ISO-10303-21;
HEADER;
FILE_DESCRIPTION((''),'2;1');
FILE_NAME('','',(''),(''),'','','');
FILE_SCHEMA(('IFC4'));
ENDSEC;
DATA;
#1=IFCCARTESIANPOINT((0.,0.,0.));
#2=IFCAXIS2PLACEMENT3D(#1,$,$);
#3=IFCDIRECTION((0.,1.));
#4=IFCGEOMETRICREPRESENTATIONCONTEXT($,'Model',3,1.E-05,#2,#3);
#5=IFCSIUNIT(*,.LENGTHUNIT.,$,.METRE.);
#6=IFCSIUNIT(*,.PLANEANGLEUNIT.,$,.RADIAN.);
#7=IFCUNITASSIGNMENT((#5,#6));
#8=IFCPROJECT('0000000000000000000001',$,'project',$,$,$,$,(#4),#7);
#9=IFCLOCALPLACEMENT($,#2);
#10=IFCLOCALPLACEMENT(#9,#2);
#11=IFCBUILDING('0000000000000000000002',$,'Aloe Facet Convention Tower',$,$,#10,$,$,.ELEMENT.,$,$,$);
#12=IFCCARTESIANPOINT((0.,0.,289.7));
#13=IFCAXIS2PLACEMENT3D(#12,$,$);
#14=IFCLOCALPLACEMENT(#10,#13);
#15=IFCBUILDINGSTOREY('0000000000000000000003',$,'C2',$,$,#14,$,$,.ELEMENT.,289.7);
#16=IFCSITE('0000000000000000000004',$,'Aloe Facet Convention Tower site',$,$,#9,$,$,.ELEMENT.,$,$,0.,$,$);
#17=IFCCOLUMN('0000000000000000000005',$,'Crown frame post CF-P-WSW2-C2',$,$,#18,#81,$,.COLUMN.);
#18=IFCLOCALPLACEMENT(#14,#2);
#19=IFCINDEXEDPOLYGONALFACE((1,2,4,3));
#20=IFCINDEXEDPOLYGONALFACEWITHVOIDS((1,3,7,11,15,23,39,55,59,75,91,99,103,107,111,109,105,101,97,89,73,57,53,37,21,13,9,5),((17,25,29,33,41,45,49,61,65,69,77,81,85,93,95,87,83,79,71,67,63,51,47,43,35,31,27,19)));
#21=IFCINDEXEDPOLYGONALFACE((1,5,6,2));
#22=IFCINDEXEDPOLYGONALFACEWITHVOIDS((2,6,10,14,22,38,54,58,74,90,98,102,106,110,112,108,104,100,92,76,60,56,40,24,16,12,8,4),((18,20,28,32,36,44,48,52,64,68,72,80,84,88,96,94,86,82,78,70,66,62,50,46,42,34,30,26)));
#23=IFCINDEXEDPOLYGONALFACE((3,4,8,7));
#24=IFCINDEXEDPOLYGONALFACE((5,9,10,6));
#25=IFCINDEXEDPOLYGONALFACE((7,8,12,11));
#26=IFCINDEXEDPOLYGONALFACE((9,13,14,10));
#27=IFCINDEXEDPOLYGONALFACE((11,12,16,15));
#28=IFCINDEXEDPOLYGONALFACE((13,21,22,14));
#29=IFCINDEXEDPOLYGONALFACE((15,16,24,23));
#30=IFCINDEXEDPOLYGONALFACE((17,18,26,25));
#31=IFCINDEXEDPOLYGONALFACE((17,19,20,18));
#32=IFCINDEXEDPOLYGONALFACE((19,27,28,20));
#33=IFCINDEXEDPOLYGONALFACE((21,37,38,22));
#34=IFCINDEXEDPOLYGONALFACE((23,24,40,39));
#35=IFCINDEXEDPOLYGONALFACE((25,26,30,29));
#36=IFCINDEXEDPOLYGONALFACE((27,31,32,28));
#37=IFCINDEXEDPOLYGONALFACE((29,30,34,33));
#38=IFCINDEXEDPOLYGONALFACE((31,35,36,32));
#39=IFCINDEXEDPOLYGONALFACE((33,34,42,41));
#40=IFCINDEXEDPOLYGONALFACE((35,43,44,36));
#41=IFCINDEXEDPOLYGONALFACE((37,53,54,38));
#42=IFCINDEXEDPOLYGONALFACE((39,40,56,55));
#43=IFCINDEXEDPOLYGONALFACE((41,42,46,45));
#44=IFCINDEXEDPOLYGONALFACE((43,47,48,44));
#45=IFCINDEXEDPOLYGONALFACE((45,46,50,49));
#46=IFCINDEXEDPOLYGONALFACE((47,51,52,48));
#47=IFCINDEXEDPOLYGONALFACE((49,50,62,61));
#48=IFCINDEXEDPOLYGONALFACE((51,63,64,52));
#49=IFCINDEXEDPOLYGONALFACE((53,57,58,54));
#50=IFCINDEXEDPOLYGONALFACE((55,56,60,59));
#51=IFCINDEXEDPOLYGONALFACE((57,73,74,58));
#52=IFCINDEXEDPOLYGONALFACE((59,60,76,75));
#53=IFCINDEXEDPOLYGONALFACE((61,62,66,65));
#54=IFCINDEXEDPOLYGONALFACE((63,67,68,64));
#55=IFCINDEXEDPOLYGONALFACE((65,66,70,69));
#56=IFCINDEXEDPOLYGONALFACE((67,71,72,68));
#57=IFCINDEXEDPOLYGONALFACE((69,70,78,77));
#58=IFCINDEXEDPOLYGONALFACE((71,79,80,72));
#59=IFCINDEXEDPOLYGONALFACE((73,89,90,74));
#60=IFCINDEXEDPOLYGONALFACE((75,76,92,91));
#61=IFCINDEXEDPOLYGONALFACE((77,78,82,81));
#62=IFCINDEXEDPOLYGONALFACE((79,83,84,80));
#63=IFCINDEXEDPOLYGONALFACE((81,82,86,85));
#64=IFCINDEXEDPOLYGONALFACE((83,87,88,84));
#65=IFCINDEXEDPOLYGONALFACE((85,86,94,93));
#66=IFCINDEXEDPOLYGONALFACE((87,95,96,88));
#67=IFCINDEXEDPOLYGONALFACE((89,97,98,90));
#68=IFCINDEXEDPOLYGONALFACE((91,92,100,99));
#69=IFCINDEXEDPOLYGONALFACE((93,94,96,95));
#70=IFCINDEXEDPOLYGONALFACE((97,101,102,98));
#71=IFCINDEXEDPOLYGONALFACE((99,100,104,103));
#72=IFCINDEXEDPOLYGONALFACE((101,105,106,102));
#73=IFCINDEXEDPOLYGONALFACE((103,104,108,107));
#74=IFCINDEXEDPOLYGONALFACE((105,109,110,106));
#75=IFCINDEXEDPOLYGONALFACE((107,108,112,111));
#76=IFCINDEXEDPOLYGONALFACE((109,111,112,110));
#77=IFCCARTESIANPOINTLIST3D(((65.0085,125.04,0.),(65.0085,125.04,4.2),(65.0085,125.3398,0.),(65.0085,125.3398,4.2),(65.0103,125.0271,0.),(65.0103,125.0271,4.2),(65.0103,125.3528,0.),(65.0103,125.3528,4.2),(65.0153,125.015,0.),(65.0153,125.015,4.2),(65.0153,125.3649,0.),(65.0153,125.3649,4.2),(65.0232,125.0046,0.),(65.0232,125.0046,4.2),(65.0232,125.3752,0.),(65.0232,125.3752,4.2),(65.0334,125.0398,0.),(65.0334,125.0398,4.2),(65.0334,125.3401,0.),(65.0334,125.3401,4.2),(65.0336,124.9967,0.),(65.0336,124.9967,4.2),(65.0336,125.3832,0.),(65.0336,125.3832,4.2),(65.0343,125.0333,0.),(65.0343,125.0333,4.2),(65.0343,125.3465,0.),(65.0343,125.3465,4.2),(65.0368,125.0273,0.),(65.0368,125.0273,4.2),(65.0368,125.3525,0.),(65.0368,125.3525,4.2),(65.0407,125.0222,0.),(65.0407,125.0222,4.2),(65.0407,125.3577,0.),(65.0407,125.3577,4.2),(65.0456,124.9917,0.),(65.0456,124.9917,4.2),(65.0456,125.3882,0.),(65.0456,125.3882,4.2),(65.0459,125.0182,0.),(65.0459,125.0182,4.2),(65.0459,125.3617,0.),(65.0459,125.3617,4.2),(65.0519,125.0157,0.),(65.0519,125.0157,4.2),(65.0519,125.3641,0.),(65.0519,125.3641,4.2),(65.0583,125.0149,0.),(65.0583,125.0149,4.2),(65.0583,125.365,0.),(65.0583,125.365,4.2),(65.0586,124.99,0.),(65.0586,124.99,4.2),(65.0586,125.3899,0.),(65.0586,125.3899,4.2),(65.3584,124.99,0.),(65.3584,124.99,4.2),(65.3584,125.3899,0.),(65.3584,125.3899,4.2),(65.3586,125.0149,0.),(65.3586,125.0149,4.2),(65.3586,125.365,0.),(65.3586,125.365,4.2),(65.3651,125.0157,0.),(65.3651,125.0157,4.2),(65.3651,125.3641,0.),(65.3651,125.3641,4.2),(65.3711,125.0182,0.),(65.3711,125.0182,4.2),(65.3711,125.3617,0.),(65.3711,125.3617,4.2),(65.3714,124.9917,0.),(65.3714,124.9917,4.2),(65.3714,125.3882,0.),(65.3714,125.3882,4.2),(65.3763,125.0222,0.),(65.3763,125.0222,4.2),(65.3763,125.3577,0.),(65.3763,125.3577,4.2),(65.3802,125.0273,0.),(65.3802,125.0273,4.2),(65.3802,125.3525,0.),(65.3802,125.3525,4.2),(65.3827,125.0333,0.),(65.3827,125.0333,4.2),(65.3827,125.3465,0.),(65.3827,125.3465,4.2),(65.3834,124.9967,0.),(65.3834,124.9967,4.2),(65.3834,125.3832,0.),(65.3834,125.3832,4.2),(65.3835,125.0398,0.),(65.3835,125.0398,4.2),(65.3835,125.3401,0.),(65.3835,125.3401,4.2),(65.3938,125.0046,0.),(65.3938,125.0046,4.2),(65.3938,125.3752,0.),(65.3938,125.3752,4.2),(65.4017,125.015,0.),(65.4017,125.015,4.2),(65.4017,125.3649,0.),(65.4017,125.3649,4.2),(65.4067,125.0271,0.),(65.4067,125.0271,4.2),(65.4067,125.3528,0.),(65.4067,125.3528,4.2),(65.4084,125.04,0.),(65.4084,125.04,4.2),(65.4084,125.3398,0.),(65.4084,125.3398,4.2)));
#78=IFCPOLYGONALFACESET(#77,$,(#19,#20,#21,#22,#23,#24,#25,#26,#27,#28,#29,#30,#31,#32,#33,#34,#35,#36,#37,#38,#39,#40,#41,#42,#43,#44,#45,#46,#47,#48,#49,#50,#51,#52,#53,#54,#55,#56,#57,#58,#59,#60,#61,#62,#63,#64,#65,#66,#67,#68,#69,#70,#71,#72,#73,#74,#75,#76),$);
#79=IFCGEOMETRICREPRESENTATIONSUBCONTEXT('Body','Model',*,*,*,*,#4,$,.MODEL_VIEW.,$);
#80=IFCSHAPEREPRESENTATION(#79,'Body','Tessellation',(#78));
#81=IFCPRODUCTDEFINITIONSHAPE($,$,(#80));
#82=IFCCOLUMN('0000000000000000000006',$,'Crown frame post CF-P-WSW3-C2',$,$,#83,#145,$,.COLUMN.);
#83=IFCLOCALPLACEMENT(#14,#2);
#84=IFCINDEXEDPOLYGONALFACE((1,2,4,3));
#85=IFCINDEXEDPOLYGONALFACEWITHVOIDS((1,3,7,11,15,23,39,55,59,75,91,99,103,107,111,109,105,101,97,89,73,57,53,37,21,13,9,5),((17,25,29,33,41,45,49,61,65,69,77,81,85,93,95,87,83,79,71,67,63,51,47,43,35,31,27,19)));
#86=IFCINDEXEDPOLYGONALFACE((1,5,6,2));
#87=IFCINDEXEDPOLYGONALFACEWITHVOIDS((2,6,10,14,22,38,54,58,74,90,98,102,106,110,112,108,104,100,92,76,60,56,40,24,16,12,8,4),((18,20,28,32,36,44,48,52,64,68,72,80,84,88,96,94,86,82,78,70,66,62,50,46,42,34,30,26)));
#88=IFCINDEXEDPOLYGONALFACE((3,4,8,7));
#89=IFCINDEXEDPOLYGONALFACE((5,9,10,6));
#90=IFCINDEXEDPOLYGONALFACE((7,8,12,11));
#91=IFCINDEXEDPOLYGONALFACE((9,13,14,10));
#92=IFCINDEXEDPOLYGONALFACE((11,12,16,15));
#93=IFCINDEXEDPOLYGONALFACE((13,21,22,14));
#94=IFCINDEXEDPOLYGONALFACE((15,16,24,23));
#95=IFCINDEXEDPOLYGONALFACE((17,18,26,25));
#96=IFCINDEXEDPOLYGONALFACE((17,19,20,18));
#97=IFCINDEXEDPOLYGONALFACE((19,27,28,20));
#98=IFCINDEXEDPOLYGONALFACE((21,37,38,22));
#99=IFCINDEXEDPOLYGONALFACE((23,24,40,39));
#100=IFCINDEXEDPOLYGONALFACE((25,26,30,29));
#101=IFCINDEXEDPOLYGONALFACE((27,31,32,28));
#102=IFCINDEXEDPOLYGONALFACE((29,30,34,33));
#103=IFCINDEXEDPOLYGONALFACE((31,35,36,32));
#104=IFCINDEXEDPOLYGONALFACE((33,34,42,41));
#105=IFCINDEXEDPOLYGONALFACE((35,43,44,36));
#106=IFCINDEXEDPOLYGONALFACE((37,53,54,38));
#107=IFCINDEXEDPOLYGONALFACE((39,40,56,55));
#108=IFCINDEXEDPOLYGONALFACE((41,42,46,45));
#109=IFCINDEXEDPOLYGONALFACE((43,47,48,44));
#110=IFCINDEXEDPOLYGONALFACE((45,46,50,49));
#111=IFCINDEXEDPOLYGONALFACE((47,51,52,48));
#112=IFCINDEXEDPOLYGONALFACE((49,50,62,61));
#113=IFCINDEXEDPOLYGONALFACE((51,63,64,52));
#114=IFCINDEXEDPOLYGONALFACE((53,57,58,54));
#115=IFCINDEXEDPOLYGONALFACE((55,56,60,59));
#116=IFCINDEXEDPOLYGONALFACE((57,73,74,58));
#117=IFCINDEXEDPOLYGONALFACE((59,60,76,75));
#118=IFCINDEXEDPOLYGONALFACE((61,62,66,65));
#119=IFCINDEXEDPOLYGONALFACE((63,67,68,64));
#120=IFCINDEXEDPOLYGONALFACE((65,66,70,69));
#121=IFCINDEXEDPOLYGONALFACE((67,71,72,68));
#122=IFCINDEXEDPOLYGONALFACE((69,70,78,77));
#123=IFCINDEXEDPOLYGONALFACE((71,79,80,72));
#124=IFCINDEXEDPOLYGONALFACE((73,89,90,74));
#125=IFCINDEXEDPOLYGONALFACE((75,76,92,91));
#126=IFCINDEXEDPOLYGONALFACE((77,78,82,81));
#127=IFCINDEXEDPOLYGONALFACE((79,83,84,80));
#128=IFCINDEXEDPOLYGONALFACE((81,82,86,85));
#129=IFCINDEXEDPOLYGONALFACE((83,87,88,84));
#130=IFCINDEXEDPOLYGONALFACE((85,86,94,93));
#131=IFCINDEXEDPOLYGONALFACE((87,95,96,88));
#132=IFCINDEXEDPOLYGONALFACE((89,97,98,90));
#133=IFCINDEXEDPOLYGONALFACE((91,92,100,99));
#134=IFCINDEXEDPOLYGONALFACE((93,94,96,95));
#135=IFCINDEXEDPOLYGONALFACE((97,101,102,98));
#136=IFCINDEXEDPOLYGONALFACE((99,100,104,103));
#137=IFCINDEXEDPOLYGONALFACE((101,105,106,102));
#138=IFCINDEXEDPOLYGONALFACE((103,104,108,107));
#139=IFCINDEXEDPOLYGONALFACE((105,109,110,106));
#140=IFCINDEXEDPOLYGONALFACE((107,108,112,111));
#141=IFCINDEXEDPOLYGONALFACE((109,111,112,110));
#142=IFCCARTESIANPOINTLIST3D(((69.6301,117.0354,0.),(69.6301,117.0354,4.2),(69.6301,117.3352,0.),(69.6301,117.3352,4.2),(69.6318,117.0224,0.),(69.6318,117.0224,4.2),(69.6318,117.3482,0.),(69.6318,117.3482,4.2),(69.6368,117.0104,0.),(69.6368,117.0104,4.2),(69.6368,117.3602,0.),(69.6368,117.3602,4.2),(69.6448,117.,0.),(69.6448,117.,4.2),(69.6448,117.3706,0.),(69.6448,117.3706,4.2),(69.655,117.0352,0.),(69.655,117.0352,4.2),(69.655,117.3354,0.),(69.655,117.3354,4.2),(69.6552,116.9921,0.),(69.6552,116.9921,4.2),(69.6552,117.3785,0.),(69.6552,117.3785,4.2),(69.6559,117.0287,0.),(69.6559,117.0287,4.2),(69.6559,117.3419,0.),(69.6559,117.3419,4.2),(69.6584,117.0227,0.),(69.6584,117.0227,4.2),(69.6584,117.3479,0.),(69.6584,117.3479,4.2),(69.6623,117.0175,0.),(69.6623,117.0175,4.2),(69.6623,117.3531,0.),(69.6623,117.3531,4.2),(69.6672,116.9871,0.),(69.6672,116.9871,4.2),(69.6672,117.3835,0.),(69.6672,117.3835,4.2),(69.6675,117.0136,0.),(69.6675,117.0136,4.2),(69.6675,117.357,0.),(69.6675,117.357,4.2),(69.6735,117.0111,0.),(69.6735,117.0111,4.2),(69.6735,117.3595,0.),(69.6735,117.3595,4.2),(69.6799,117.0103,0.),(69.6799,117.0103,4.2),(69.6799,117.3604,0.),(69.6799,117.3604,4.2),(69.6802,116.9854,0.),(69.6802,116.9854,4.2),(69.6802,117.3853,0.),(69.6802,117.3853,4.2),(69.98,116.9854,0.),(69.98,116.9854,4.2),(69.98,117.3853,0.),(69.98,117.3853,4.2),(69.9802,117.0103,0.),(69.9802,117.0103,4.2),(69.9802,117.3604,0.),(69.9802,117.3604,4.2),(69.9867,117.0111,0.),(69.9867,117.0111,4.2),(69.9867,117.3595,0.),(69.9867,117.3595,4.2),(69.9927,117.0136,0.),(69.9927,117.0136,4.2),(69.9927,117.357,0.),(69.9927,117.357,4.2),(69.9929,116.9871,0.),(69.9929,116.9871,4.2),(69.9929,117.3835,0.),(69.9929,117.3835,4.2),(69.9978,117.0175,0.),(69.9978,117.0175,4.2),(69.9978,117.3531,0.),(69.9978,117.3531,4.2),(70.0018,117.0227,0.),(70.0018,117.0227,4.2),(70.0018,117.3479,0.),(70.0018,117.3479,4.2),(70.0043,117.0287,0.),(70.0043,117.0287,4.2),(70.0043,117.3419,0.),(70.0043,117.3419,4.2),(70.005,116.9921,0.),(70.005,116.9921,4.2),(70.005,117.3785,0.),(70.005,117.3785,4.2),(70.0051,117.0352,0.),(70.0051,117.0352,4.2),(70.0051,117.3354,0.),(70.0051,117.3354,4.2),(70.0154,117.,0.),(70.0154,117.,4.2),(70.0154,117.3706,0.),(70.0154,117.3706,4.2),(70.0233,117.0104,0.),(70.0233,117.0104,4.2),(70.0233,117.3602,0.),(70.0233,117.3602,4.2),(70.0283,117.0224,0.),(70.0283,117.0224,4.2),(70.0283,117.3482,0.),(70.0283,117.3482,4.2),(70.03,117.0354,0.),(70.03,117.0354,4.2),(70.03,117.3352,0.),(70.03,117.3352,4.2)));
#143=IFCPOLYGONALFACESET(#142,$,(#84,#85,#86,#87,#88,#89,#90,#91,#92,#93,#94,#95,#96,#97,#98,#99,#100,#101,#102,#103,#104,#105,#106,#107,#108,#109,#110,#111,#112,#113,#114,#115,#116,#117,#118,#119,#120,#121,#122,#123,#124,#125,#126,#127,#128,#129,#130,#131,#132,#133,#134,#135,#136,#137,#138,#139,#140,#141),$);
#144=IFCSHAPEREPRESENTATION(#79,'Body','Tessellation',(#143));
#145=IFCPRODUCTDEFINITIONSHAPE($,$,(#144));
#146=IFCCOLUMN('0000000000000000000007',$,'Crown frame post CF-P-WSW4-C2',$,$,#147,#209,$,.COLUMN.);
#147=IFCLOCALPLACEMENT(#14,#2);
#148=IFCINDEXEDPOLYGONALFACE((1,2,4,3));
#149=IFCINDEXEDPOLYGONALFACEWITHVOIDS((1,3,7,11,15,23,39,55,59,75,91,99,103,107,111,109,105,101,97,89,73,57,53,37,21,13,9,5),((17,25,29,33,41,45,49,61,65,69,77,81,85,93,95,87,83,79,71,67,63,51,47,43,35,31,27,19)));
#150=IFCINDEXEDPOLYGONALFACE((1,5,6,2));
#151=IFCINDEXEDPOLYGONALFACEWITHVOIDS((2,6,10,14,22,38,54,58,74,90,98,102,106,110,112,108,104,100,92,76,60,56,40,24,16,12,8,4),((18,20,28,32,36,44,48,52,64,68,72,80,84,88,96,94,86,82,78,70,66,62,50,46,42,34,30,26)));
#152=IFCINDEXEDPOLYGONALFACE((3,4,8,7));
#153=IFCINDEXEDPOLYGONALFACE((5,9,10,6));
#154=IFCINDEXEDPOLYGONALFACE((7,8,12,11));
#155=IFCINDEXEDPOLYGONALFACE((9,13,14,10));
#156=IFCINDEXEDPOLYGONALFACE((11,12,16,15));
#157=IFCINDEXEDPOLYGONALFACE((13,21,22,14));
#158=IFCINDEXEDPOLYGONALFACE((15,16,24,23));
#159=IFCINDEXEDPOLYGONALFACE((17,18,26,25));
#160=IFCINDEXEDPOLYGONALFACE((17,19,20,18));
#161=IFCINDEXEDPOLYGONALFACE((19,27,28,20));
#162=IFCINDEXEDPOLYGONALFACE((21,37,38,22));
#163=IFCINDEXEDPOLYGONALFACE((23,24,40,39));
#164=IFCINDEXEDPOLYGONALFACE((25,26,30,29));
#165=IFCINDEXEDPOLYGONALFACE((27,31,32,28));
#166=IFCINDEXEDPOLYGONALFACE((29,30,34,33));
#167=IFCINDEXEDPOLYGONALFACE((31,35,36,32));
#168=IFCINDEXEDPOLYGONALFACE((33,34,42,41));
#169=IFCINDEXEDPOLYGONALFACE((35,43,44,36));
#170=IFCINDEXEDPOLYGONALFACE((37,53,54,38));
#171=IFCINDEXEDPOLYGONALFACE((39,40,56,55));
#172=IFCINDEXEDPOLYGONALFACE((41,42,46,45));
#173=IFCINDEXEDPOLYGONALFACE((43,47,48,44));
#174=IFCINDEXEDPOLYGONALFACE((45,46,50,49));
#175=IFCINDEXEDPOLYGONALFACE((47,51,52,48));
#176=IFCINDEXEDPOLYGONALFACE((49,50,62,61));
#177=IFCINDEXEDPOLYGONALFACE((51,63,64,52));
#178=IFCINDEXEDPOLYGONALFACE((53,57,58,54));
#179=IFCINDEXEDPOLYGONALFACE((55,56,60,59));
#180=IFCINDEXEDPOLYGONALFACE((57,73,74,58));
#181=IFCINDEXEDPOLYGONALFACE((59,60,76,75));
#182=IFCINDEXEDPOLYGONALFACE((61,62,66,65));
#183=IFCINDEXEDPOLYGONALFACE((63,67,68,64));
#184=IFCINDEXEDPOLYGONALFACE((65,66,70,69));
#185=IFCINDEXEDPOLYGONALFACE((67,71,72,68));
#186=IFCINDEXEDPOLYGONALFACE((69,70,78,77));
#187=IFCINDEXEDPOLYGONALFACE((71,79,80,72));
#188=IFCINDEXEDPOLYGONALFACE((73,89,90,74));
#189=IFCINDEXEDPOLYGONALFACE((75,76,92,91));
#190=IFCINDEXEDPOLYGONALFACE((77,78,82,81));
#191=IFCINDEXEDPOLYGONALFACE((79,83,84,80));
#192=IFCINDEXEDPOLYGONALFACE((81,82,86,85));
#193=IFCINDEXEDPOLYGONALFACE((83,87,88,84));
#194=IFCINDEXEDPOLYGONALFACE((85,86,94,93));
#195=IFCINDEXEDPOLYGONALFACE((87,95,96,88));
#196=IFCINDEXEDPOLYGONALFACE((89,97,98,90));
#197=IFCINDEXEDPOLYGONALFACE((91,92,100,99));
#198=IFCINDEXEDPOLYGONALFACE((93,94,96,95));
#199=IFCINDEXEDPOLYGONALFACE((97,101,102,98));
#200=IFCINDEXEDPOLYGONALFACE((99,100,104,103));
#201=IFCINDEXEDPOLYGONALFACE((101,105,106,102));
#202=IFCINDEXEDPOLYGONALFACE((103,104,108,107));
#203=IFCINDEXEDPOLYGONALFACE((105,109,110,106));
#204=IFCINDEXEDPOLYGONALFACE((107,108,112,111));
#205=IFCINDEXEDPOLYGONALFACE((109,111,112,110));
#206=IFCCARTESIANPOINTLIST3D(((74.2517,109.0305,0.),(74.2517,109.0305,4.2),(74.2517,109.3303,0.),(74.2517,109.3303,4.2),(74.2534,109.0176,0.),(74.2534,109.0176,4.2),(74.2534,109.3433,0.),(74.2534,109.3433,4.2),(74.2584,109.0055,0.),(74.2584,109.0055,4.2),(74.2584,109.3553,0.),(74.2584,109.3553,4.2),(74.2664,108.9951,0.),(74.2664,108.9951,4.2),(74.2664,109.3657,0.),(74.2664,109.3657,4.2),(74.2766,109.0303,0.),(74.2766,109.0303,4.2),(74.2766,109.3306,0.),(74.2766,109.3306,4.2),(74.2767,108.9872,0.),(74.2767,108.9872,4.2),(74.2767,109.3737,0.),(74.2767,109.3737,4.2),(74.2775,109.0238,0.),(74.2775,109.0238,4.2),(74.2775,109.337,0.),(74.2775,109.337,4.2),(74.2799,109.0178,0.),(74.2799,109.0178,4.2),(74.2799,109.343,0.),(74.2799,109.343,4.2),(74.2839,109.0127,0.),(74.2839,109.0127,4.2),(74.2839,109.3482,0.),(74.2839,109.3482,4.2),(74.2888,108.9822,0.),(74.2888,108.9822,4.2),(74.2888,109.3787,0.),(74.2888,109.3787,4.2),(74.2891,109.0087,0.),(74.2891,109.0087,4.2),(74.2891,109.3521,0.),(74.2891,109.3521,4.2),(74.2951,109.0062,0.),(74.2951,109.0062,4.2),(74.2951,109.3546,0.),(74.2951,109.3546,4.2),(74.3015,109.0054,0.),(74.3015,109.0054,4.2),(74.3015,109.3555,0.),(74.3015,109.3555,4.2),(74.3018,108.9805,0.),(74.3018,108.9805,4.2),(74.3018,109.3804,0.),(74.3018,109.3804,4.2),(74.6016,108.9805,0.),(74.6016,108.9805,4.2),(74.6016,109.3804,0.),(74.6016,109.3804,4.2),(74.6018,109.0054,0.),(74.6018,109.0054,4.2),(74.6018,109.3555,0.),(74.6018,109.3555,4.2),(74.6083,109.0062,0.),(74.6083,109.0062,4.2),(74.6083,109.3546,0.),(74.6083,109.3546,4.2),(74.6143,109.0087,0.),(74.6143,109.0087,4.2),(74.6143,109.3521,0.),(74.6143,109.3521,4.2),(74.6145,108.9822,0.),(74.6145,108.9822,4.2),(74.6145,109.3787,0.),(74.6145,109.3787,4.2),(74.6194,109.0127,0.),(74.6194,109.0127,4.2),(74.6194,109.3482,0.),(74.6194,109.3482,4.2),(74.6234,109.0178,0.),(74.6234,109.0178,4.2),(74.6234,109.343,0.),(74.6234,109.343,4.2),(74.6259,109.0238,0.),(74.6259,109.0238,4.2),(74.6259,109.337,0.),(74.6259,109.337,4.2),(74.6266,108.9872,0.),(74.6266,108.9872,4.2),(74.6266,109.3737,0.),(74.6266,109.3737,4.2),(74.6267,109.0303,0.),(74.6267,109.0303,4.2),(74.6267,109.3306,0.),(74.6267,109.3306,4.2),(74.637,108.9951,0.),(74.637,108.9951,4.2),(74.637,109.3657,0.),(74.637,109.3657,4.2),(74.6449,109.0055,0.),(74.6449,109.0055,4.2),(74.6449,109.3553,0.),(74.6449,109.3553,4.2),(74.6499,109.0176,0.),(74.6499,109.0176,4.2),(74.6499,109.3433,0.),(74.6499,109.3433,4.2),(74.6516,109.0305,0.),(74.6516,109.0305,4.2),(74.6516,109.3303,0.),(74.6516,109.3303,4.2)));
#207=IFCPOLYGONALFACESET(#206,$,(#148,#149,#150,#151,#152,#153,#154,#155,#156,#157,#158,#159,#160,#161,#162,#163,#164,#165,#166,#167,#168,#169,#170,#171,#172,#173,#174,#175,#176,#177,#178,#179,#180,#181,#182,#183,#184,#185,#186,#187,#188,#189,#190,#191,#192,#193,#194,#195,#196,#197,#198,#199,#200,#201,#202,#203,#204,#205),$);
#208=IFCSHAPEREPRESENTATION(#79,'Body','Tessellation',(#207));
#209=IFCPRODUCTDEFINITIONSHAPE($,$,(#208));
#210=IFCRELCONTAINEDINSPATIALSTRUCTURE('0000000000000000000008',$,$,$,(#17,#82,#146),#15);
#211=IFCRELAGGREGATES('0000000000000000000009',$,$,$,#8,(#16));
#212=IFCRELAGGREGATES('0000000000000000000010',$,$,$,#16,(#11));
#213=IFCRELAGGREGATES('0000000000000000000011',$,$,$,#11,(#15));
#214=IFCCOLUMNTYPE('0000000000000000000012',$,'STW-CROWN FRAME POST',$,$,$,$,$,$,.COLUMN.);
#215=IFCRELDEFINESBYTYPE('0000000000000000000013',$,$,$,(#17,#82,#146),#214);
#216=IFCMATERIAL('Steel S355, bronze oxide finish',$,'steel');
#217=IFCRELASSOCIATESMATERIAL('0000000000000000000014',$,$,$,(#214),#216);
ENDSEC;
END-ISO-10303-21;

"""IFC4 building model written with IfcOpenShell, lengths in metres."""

from ifc_helpers import new_model, si_unit, direction, frame, origin, origin_2d, place, context, subcontext, project, spatial, hollow_rectangle, extrude, material, material_profile, profile_set, type_object, element, save


model = new_model("IFC4")

# Units and contexts
model_context = context("Model", 3, precision=1e-05, world=origin(), true_north=direction((0.0, 1.0)))
body_context = subcontext(model_context, "Body", "Model", "MODEL_VIEW")
ifc_project = project(units=[si_unit("LENGTHUNIT", "METRE"), si_unit("PLANEANGLEUNIT", "RADIAN")], contexts=[model_context])

# Site, building, storey
site_placement = place(None, origin())
site = spatial("IfcSite", under=ifc_project, at=site_placement, Name="Aloe Facet Convention Tower site", CompositionType="ELEMENT", RefElevation=0.0)
building_placement = place(site_placement, origin())
building = spatial("IfcBuilding", under=site, at=building_placement, Name="Aloe Facet Convention Tower", CompositionType="ELEMENT")
storey_placement = place(building_placement, frame((0.0, 0.0, 289.7)))
storey = spatial("IfcBuildingStorey", under=building, at=storey_placement, Name="C2", CompositionType="ELEMENT", Elevation=289.7)

# Columns
ifc_material_1 = material(Name="Steel S355, bronze oxide finish", Category="steel")
ifc_material_profile_1 = material_profile(ifc_material_1, hollow_rectangle(XDim=0.3999, YDim=0.3999, WallThickness=0.0249, InnerFilletRadius=0.0249, OuterFilletRadius=0.05, at=origin_2d()), Name="SHS 400x400x25")
ifc_profile_set_1 = profile_set([ifc_material_profile_1], Name="Steel S355, bronze oxide finish")
column_type = type_object("IfcColumnType", Name="STW-CROWN FRAME POST", PredefinedType="COLUMN", material=ifc_profile_set_1)
for number, where, z_axis, x_axis, name in (
    (1, (65.2085, 125.1899, 0.0), (0.0, 0.0, 1.0), (1.0, 0.0, 0.0), "Crown frame post CF-P-WSW2-C2"),
    (2, (69.8301, 117.1853, 0.0), (0.0, 0.0, 1.0), (1.0, 0.0, 0.0), "Crown frame post CF-P-WSW3-C2"),
    (3, (74.4517, 109.1804, 0.0), (0.0, 0.0, 1.0), (1.0, 0.0, 0.0), "Crown frame post CF-P-WSW4-C2"),
):
    element("IfcColumn", number, at=place(storey_placement, frame(where, z_axis=z_axis, x_axis=x_axis)), inside=storey, type_object=column_type, Name=name, PredefinedType="COLUMN", context=body_context, shape_type="SweptSolid", body=[
        extrude(hollow_rectangle(XDim=0.3999, YDim=0.3999, WallThickness=0.0249, InnerFilletRadius=0.0249, OuterFilletRadius=0.05, at=origin_2d()), origin(), (0.0, 0.0, 1.0), 4.2),
    ])

save(model, "model.ifc")
